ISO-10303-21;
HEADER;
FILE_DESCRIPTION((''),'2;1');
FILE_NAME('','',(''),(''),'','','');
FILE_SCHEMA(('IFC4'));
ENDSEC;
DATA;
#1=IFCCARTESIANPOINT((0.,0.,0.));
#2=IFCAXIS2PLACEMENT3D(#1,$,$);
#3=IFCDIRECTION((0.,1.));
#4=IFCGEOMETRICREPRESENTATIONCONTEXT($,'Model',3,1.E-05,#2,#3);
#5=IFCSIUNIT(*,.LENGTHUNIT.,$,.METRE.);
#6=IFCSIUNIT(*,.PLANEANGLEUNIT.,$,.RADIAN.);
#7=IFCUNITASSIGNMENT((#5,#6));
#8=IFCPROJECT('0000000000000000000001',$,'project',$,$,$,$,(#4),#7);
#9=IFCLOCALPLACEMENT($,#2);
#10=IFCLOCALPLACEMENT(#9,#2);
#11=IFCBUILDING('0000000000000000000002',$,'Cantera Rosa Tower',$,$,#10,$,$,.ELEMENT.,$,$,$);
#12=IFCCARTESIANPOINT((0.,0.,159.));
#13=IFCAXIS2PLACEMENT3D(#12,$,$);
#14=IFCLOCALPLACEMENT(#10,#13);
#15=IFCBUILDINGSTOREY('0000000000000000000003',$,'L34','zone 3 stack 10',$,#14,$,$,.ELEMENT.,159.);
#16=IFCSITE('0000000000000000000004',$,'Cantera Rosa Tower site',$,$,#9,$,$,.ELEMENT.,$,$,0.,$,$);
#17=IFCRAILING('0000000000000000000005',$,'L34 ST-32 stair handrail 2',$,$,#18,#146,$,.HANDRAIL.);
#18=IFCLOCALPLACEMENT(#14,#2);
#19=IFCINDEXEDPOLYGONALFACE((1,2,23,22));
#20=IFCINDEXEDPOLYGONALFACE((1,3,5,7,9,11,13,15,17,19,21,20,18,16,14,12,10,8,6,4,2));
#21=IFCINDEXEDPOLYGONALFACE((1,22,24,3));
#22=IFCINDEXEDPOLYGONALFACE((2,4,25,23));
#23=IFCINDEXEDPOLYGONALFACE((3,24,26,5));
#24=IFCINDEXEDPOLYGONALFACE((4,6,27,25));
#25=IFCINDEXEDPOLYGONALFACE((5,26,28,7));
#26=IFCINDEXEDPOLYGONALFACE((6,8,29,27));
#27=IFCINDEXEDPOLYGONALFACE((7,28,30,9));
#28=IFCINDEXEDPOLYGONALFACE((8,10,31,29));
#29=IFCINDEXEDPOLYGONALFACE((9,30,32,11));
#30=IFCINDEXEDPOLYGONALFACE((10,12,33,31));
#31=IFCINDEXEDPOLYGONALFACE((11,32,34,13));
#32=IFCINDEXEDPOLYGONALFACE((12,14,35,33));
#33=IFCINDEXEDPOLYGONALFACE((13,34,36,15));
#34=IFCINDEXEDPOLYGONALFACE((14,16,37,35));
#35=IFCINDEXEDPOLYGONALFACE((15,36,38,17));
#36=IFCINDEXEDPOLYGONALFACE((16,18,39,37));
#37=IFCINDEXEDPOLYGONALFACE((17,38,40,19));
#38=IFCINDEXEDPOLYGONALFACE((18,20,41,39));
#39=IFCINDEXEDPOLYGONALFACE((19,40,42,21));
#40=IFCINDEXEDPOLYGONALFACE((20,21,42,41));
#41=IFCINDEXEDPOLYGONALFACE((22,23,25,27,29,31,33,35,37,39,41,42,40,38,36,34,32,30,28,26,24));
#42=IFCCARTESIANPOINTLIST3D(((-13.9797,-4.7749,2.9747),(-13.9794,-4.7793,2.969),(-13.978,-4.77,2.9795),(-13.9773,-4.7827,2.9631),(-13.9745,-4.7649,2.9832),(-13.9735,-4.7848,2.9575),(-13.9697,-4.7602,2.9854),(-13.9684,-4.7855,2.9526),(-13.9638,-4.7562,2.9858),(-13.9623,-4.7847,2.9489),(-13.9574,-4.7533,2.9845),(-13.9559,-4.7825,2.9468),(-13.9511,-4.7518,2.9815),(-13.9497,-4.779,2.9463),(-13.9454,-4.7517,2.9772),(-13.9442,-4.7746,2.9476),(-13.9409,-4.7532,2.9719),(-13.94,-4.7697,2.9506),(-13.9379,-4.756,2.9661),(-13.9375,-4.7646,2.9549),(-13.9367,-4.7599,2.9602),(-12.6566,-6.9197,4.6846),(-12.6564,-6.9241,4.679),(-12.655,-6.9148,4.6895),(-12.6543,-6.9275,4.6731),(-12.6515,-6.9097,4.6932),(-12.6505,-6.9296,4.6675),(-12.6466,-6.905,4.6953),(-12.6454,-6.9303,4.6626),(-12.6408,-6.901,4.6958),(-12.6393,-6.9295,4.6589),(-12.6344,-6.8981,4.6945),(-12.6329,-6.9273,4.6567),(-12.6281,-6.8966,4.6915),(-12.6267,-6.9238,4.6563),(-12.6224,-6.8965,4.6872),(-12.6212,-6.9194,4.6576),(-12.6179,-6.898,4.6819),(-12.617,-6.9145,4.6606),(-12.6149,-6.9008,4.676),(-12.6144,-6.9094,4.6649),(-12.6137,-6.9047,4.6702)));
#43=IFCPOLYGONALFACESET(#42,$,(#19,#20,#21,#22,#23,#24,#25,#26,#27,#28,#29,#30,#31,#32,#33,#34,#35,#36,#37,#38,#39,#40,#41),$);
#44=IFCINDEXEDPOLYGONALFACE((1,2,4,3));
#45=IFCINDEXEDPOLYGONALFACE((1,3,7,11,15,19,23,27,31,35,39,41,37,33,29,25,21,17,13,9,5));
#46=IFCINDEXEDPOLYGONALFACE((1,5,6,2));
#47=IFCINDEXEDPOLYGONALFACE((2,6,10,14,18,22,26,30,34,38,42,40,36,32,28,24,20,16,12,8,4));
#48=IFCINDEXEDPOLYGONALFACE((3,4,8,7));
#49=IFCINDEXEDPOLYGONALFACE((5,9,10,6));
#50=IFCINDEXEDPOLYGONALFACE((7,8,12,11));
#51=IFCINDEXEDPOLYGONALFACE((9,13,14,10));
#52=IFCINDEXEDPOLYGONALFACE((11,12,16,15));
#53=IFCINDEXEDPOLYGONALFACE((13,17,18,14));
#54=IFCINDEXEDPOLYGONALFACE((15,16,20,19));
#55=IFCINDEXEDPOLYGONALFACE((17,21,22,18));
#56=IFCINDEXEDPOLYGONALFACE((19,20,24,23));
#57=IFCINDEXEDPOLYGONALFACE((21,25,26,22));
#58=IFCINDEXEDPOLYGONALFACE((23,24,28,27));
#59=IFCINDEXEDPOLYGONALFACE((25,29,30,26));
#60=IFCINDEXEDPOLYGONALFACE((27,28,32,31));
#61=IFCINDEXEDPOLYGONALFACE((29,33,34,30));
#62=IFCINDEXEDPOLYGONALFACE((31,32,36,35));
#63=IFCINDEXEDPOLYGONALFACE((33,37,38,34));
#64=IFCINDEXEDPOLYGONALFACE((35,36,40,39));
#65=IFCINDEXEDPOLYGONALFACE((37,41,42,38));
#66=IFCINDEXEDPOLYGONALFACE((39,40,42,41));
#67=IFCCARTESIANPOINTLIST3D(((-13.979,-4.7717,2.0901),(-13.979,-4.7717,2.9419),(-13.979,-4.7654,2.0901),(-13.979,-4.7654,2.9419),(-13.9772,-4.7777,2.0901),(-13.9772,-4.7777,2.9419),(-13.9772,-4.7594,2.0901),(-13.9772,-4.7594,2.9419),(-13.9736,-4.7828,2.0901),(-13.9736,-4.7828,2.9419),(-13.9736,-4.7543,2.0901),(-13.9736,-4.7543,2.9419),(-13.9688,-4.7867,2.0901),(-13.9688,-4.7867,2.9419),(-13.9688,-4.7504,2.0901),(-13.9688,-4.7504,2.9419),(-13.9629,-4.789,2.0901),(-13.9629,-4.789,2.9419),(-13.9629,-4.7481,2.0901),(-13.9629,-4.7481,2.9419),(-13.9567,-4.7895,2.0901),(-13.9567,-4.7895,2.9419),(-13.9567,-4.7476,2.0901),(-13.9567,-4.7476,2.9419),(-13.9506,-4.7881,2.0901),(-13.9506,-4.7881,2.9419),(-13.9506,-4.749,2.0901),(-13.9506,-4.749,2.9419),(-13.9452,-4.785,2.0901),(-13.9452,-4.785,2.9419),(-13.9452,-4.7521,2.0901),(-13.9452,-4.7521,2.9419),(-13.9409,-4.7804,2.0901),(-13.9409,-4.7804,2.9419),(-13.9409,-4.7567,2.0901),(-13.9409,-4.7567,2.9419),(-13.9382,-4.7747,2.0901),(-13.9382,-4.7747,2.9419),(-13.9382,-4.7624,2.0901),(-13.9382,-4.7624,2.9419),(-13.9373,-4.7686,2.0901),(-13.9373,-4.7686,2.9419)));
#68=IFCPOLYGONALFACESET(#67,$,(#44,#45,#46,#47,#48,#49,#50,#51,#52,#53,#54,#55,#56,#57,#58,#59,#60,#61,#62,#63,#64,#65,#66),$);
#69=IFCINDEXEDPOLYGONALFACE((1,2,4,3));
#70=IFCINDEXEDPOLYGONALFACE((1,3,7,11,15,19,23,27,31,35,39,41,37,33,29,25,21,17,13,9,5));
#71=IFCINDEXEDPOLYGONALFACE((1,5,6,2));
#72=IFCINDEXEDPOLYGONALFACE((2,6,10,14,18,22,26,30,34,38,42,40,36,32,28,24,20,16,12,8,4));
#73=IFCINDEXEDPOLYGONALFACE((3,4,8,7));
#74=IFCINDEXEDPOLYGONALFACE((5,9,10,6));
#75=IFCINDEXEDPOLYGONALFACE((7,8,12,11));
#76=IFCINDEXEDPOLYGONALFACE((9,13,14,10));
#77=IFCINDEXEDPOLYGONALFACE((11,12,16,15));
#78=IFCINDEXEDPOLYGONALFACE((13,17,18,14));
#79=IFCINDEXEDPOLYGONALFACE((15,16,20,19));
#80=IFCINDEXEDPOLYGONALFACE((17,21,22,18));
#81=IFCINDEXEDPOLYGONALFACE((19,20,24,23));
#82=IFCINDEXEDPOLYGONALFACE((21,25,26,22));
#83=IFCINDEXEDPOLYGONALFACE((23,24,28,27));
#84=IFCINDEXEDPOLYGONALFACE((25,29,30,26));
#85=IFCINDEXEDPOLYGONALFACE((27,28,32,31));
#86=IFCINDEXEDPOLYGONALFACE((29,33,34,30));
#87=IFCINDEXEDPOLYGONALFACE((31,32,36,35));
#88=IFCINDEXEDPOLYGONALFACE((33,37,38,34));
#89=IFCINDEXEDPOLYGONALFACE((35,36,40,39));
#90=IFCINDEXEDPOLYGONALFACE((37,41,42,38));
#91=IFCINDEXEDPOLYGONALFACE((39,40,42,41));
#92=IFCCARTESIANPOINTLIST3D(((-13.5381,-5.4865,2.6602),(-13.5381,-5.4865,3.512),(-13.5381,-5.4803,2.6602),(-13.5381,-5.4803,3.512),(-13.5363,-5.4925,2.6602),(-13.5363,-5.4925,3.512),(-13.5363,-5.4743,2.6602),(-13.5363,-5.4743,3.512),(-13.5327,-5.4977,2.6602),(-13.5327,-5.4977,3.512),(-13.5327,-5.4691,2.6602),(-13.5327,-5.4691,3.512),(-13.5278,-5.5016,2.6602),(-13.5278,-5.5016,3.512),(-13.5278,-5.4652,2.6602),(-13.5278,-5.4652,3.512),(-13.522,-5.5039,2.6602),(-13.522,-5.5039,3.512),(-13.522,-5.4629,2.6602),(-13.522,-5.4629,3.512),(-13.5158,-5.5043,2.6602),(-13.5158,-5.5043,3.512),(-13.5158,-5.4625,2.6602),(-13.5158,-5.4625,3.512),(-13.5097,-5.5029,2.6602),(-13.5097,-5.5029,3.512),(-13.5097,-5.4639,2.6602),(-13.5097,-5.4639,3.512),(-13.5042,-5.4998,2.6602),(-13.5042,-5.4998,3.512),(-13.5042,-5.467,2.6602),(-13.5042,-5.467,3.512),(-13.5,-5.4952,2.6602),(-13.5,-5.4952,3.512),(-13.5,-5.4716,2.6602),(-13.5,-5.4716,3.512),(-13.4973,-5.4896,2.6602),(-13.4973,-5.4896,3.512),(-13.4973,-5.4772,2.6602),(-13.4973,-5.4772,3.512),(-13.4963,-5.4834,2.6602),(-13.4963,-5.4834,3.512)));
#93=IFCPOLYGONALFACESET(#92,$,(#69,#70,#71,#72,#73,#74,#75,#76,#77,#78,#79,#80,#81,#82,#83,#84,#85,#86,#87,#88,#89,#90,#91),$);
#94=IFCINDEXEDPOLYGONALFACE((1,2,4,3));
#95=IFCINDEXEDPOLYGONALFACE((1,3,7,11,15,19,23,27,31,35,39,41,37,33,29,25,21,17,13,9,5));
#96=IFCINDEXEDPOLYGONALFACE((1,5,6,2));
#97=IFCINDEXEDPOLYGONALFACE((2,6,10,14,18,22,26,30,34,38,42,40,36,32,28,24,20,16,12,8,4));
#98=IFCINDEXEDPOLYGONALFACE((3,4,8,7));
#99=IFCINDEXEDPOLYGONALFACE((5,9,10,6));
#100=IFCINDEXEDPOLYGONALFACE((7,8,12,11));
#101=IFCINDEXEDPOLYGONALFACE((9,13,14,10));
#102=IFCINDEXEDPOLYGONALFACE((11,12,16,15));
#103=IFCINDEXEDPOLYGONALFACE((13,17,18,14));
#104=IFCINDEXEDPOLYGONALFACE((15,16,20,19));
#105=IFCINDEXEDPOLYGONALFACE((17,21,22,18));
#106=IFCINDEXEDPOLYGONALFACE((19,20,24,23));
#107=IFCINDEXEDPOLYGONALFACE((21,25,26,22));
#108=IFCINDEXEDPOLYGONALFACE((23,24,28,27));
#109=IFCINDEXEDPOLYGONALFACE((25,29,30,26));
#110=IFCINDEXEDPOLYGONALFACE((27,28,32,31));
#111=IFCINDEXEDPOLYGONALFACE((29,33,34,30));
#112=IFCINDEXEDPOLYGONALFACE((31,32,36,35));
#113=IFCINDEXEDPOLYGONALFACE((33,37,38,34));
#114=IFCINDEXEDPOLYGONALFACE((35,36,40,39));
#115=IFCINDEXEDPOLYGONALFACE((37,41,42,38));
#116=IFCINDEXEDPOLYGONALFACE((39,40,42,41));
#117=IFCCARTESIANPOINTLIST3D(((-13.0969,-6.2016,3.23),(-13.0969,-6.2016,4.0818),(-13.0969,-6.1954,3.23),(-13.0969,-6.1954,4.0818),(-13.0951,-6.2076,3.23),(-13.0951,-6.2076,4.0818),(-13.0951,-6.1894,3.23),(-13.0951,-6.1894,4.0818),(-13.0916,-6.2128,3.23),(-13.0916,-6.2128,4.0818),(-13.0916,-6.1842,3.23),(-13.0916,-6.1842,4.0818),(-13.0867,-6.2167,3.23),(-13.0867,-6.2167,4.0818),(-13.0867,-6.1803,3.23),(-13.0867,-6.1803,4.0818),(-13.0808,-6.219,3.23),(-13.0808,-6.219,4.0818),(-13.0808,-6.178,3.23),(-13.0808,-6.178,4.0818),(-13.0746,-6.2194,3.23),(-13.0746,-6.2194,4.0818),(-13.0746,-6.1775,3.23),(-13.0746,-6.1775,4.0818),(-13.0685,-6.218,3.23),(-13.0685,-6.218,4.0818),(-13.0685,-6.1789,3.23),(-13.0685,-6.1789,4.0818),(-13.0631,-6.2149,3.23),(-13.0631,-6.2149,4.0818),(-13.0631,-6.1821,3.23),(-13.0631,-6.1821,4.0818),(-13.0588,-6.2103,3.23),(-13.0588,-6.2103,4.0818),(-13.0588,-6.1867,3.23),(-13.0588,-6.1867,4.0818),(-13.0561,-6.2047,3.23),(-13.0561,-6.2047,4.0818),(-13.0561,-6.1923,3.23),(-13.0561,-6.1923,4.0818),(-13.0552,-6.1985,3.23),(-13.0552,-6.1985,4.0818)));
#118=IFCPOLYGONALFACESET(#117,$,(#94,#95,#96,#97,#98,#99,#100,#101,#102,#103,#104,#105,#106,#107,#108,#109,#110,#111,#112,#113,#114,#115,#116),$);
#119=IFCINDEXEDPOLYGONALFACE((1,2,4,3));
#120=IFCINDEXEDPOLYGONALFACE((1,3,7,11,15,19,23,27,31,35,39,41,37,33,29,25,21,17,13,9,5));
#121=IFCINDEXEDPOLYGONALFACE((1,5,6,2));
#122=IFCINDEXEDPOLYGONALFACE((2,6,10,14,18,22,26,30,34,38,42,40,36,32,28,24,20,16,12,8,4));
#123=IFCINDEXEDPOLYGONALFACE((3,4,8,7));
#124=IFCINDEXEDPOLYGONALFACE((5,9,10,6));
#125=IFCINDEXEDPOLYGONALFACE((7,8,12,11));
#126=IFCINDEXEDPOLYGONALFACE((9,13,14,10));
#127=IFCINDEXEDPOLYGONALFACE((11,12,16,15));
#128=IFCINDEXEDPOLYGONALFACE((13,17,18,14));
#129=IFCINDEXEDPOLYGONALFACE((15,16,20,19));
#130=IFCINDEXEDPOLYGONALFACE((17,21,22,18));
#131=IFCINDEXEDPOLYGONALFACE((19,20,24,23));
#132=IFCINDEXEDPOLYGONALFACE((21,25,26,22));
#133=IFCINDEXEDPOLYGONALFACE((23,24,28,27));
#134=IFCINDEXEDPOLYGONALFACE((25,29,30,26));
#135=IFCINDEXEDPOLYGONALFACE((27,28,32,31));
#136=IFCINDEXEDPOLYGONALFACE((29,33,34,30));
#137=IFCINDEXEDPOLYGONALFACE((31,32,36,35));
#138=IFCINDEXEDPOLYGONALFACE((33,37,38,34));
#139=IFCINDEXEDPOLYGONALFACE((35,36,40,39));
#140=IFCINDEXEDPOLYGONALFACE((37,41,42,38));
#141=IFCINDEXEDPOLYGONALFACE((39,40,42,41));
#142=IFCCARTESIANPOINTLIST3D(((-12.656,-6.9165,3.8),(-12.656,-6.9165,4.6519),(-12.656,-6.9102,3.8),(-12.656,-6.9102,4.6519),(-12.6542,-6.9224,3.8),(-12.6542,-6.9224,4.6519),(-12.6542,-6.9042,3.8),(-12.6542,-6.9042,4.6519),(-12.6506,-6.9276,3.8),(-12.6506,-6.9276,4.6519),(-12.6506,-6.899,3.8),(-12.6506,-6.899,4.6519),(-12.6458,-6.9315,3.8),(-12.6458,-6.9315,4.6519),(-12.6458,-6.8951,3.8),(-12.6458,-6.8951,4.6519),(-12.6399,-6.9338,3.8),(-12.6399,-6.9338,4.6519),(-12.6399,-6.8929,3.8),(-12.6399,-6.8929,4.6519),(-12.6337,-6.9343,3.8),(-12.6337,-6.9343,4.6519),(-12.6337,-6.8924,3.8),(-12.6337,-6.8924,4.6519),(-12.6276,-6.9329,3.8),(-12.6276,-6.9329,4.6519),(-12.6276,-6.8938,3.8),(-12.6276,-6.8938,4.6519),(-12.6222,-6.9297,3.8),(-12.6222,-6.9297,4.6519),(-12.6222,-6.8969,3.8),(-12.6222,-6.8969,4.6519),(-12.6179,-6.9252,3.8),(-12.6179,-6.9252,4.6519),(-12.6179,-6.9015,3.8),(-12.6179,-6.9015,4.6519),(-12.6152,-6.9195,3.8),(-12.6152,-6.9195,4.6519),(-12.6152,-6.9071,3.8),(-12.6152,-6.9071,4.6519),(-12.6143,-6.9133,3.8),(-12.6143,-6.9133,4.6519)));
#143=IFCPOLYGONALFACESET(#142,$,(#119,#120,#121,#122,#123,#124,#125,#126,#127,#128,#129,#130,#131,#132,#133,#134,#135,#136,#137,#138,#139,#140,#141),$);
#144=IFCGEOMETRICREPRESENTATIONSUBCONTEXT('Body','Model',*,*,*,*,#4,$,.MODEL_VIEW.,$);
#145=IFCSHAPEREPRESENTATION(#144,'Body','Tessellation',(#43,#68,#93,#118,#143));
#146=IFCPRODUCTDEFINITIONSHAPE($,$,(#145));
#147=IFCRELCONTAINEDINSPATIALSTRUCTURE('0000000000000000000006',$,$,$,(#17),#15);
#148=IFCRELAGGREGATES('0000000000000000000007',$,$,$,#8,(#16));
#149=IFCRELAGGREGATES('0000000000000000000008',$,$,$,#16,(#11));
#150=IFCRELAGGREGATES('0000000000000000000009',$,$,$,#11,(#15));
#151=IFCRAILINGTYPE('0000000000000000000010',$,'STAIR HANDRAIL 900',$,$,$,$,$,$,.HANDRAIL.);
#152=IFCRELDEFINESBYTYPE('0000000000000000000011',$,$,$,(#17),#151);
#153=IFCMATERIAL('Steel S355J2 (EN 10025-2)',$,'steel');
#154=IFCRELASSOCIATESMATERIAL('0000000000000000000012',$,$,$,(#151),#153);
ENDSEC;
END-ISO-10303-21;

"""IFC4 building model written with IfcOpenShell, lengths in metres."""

from ifc_helpers import new_model, si_unit, direction, frame, origin, origin_2d, place, context, subcontext, project, spatial, circle, extrude, material, type_object, element, save


model = new_model("IFC4")

# Units and contexts
model_context = context("Model", 3, precision=1e-05, world=origin(), true_north=direction((0.0, 1.0)))
body_context = subcontext(model_context, "Body", "Model", "MODEL_VIEW")
ifc_project = project(units=[si_unit("LENGTHUNIT", "METRE"), si_unit("PLANEANGLEUNIT", "RADIAN")], contexts=[model_context])

# Site, building, storey
site_placement = place(None, origin())
site = spatial("IfcSite", under=ifc_project, at=site_placement, Name="Cantera Rosa Tower site", CompositionType="ELEMENT", RefElevation=0.0)
building_placement = place(site_placement, origin())
building = spatial("IfcBuilding", under=site, at=building_placement, Name="Cantera Rosa Tower", CompositionType="ELEMENT")
storey_placement = place(building_placement, frame((0.0, 0.0, 159.0)))
storey = spatial("IfcBuildingStorey", under=building, at=storey_placement, Name="L34", Description="zone 3 stack 10", CompositionType="ELEMENT", Elevation=159.0)

# Railing
ifc_material_1 = material(Name="Steel S355J2 (EN 10025-2)", Category="steel")
railing_type_1 = type_object("IfcRailingType", Name="STAIR HANDRAIL 900", PredefinedType="HANDRAIL", material=ifc_material_1)
railing_1_placement = place(storey_placement, frame((-13.9583, -4.7686, 2.0901)))
element("IfcRailing", 1, at=railing_1_placement, inside=storey, type_object=railing_type_1, Name="L34 ST-32 stair handrail 2", PredefinedType="HANDRAIL", context=body_context, shape_type="SweptSolid", body=[
    extrude(circle(Radius=0.0239, at=origin_2d()), frame((0.0, 0.0, 0.876), z_axis=(0.434428, -0.704271, 0.561493), x_axis=(0.851102, 0.525, 0.0)), (0.0, 0.0, 1.0), 3.0454),
    extrude(circle(Radius=0.021, at=origin_2d()), origin(), (0.0, 0.0, 1.0), 0.8518),
    extrude(circle(Radius=0.021, at=origin_2d()), frame((0.4409, -0.7148, 0.5701)), (0.0, 0.0, 1.0), 0.8518),
    extrude(circle(Radius=0.021, at=origin_2d()), frame((0.8821, -1.4299, 1.1399)), (0.0, 0.0, 1.0), 0.8518),
    extrude(circle(Radius=0.021, at=origin_2d()), frame((1.323, -2.1448, 1.71)), (0.0, 0.0, 1.0), 0.8518),
])

save(model, "model.ifc")
